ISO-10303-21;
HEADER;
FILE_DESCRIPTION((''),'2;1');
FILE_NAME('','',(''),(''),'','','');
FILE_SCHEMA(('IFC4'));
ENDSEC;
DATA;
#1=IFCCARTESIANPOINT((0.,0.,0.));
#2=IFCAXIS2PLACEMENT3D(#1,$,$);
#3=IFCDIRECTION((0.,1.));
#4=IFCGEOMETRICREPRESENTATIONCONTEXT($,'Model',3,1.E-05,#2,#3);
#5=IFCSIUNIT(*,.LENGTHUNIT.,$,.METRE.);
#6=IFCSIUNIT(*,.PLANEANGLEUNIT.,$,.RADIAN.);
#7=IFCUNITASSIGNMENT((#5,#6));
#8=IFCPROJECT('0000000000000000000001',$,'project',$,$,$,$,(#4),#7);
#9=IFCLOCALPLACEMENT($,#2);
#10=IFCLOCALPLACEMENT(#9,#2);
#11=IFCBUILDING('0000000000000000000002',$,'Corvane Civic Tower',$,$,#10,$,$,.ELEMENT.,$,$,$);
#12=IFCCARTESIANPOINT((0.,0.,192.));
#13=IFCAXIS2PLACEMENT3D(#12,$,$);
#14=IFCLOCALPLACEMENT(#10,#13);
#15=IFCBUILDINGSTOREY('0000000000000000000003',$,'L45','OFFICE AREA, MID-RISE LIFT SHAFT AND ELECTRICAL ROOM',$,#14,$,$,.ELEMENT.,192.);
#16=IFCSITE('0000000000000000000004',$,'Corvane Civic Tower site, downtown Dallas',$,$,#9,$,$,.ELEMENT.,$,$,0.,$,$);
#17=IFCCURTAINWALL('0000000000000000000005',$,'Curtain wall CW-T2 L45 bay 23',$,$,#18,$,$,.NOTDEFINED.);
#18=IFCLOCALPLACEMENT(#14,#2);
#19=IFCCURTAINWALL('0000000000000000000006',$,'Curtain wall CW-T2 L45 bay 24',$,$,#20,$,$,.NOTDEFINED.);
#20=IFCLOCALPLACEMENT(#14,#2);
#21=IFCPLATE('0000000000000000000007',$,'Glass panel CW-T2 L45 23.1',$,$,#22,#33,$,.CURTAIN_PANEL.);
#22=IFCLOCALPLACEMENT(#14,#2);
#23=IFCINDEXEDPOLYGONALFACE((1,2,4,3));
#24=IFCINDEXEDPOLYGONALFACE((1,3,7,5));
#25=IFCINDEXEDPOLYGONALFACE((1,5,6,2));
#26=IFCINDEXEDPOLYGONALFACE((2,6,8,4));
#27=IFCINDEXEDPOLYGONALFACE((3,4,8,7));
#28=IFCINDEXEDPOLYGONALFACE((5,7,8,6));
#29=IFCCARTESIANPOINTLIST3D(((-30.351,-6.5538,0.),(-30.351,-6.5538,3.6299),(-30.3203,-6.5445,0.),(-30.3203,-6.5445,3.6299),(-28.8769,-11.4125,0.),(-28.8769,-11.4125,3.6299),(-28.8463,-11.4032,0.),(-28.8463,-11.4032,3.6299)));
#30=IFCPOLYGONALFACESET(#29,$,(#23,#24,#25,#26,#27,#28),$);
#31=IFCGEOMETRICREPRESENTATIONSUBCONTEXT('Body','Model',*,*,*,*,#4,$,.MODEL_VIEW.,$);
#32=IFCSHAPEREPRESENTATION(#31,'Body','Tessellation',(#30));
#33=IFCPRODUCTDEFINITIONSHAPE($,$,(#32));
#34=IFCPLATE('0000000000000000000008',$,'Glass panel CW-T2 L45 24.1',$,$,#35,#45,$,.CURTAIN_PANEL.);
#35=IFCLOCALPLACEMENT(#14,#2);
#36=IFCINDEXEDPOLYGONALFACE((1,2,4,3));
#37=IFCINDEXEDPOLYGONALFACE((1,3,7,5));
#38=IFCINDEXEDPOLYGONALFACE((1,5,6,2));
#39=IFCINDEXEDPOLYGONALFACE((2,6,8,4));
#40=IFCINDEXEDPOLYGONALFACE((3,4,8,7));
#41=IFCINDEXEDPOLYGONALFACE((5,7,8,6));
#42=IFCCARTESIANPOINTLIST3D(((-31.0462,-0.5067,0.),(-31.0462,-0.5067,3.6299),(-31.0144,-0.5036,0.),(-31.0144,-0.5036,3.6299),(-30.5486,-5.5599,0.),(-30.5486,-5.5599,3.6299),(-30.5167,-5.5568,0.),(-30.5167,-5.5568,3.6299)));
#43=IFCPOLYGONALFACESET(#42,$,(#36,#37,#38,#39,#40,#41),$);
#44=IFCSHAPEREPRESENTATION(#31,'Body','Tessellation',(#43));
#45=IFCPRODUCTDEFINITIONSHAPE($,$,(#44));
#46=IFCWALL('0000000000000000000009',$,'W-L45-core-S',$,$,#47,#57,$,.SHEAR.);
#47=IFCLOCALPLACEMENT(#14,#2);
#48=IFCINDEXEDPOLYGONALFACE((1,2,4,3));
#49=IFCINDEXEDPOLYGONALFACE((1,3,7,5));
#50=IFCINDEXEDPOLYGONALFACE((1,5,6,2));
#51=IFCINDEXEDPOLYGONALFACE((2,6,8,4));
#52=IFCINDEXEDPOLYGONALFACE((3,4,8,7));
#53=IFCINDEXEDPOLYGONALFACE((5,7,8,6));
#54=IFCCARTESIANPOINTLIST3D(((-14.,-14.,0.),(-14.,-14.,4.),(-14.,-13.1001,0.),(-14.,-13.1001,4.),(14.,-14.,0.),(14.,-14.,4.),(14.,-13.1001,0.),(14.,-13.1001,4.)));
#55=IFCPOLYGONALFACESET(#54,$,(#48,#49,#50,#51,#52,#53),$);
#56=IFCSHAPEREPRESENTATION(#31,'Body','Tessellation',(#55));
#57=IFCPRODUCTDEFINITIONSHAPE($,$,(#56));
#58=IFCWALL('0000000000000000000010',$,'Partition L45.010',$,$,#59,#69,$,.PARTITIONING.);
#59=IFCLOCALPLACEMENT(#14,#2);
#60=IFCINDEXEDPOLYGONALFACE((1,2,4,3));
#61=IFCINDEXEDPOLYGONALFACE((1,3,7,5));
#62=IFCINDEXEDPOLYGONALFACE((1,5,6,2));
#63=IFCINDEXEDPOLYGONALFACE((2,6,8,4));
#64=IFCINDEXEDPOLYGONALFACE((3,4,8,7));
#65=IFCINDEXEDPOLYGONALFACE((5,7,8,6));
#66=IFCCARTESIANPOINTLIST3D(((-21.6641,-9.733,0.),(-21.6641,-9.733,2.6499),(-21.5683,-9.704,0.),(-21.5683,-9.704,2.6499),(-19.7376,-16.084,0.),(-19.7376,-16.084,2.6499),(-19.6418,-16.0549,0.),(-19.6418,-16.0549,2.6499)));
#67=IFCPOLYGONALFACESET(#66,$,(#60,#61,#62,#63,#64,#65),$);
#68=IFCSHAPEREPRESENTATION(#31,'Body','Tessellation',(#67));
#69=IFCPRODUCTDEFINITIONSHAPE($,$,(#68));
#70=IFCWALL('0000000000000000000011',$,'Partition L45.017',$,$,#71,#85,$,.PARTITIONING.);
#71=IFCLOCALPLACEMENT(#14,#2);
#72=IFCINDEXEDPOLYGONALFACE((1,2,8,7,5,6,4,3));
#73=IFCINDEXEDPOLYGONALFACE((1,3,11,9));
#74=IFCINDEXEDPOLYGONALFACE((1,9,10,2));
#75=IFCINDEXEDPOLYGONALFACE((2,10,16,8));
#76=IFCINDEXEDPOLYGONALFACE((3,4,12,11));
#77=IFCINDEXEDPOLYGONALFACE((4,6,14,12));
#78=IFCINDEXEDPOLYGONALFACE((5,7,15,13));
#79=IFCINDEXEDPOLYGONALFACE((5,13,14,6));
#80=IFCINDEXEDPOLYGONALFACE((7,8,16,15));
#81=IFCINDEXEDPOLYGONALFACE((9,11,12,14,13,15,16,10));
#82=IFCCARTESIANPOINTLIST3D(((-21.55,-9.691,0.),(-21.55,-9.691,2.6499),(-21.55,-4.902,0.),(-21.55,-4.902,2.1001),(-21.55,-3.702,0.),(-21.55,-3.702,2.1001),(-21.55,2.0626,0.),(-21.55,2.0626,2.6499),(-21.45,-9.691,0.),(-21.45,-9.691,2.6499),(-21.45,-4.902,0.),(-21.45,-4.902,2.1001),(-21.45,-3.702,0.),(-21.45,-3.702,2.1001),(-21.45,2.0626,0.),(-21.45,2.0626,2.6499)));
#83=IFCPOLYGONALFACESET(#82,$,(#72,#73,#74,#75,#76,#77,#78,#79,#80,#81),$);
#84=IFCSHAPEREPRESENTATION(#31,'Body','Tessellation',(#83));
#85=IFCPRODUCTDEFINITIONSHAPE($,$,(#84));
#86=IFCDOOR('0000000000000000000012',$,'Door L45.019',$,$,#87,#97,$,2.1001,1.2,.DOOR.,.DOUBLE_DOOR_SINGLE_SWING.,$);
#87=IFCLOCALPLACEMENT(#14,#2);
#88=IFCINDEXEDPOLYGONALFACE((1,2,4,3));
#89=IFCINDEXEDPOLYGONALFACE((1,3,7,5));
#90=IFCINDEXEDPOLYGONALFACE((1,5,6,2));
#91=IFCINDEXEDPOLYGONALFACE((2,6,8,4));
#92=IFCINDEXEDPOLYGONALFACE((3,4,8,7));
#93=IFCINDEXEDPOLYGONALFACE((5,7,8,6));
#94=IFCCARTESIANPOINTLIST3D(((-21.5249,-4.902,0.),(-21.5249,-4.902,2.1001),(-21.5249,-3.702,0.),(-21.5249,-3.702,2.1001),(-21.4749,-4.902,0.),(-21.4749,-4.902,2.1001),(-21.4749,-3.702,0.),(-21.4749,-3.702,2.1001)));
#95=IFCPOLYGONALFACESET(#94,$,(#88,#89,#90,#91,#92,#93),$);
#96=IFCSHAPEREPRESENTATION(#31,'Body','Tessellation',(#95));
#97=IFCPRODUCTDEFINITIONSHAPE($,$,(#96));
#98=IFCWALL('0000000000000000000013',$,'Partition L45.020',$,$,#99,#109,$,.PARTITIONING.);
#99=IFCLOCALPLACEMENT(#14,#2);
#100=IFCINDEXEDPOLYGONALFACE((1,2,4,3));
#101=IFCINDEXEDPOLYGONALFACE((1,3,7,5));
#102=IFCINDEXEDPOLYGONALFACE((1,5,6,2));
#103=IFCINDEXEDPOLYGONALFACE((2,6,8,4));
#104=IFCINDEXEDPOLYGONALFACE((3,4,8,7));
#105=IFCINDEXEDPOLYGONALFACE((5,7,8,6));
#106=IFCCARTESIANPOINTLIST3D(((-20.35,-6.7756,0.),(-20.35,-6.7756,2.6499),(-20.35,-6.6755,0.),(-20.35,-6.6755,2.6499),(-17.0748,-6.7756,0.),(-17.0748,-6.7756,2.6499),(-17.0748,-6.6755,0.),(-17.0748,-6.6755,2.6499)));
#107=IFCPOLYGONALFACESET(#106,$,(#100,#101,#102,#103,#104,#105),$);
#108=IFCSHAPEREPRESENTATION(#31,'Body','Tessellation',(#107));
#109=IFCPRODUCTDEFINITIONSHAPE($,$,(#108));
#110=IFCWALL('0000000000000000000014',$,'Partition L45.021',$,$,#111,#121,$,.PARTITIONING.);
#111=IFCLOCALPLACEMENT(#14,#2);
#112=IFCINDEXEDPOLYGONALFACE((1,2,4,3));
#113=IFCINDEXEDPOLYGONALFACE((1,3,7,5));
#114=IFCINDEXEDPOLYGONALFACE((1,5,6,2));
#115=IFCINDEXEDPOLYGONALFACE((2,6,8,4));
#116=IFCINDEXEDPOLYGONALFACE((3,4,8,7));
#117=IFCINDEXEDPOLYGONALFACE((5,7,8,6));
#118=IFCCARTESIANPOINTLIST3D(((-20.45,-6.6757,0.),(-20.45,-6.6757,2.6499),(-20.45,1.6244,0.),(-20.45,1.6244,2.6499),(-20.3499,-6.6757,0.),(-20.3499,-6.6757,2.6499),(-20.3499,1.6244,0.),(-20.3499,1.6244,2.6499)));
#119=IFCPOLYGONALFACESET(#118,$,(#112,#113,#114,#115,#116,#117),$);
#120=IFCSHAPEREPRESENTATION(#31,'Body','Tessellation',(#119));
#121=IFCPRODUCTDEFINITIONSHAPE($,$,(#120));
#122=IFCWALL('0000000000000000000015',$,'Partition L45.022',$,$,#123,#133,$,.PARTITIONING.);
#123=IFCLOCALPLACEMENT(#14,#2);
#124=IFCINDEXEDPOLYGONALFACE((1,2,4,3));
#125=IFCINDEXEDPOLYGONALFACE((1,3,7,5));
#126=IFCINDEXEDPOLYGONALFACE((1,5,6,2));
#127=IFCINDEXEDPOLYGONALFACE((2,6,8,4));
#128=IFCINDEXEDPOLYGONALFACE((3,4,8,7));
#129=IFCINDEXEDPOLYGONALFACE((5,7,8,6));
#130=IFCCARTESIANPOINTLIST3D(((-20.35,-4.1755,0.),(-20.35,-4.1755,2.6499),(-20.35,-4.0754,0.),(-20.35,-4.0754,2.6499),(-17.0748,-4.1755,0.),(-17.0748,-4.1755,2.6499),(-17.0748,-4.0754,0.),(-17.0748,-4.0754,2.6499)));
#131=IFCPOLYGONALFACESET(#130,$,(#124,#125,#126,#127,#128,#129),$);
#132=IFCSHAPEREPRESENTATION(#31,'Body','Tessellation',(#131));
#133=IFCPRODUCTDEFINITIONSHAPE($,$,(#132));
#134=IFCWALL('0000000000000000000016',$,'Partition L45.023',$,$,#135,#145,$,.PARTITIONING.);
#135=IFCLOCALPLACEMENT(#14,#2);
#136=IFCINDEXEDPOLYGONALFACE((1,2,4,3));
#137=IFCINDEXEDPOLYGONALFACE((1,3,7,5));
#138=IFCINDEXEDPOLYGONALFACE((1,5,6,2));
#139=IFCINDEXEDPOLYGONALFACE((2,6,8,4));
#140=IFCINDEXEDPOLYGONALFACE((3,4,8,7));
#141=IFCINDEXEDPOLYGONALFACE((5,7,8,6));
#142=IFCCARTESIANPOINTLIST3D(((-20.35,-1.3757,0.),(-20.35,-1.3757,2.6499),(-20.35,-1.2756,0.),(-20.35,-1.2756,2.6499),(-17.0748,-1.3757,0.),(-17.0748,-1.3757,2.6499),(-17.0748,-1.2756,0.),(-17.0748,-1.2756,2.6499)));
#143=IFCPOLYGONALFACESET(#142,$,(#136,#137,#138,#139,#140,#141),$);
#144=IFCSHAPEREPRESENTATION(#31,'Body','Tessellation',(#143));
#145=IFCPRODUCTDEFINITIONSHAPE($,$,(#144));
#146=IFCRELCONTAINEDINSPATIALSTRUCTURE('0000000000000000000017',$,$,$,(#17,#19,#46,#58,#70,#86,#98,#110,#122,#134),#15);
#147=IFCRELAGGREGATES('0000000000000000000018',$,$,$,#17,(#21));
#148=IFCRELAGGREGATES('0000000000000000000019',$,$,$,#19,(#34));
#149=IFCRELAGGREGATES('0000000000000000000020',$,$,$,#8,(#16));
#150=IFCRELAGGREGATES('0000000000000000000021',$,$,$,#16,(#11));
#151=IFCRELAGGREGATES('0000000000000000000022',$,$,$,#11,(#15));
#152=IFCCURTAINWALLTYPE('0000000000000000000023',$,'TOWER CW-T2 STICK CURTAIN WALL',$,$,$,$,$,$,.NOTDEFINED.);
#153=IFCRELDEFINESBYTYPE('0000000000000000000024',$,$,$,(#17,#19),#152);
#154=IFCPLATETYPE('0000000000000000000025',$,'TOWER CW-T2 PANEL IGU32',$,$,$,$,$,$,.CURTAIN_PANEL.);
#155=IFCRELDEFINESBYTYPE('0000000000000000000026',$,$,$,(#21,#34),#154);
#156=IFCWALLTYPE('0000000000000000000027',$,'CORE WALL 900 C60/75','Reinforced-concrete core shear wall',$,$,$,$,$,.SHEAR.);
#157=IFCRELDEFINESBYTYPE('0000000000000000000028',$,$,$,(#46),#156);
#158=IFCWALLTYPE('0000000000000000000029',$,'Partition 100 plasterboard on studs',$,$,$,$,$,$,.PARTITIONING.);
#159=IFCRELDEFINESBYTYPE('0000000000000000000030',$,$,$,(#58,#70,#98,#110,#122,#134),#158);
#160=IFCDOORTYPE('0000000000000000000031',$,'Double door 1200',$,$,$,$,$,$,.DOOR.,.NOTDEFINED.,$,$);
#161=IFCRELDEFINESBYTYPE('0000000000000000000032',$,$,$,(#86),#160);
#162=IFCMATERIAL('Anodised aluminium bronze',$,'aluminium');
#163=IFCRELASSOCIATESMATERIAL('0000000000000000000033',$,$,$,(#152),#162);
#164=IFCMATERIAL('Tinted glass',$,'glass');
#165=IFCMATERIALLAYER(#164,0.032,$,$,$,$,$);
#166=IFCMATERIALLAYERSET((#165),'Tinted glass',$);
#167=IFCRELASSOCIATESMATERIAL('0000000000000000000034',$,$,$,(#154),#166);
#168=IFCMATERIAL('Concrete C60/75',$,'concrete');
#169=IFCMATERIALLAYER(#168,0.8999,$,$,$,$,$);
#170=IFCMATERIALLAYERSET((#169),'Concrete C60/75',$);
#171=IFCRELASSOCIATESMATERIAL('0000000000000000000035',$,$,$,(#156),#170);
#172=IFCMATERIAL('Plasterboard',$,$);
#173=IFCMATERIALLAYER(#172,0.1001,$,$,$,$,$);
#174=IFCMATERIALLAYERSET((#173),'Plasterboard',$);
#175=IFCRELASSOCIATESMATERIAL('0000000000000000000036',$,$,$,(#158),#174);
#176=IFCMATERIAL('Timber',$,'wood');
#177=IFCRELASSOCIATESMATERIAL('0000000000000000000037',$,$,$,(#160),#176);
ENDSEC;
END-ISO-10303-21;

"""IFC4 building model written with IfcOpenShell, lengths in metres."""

from ifc_helpers import new_model, si_unit, direction, frame, frame_2d, origin, origin_2d, place, context, subcontext, project, spatial, rectangle, extrude, material, layer, layer_set, type_object, element, fill, aggregate, save


model = new_model("IFC4")

# Units and contexts
model_context = context("Model", 3, precision=1e-05, world=origin(), true_north=direction((0.0, 1.0)))
body_context = subcontext(model_context, "Body", "Model", "MODEL_VIEW")
ifc_project = project(units=[si_unit("LENGTHUNIT", "METRE"), si_unit("PLANEANGLEUNIT", "RADIAN")], contexts=[model_context])

# Site, building, storey
site_placement = place(None, origin())
site = spatial("IfcSite", under=ifc_project, at=site_placement, Name="Corvane Civic Tower site, downtown Dallas", CompositionType="ELEMENT", RefElevation=0.0)
building_placement = place(site_placement, origin())
building = spatial("IfcBuilding", under=site, at=building_placement, Name="Corvane Civic Tower", CompositionType="ELEMENT")
storey_placement = place(building_placement, frame((0.0, 0.0, 192.0)))
storey = spatial("IfcBuildingStorey", under=building, at=storey_placement, Name="L45", Description="OFFICE AREA, MID-RISE LIFT SHAFT AND ELECTRICAL ROOM", CompositionType="ELEMENT", Elevation=192.0)

# Curtain walls
ifc_material_1 = material(Name="Anodised aluminium bronze", Category="aluminium")
curtain_wall_type = type_object("IfcCurtainWallType", Name="TOWER CW-T2 STICK CURTAIN WALL", PredefinedType="NOTDEFINED", material=ifc_material_1)
curtain_wall_1_placement = place(storey_placement, origin())
curtain_wall_1 = element("IfcCurtainWall", 1, at=curtain_wall_1_placement, inside=storey, type_object=curtain_wall_type, Name="Curtain wall CW-T2 L45 bay 23", PredefinedType="NOTDEFINED")
curtain_wall_2_placement = place(storey_placement, origin())
curtain_wall_2 = element("IfcCurtainWall", 2, at=curtain_wall_2_placement, inside=storey, type_object=curtain_wall_type, Name="Curtain wall CW-T2 L45 bay 24", PredefinedType="NOTDEFINED")

# Plates
ifc_material_2 = material(Name="Tinted glass", Category="glass")
ifc_layer_1 = layer(ifc_material_2, 0.032)
ifc_layer_set_1 = layer_set([ifc_layer_1], Name="Tinted glass")
plate_type = type_object("IfcPlateType", Name="TOWER CW-T2 PANEL IGU32", PredefinedType="CURTAIN_PANEL", material=ifc_layer_set_1)
plate_1_placement = place(storey_placement, frame((-29.5986, -8.9785, 0.0), z_axis=(0.0, 0.0, 1.0), x_axis=(-0.290313, 0.956932, 0.0)))
plate_1 = element("IfcPlate", 3, at=plate_1_placement, type_object=plate_type, Name="Glass panel CW-T2 L45 23.1", PredefinedType="CURTAIN_PANEL", context=body_context, shape_type="SweptSolid", body=[
    extrude(rectangle(XDim=5.0774, YDim=0.032, at=origin_2d()), origin(), (0.0, 0.0, 1.0), 3.6299),
])
aggregate(curtain_wall_1, [plate_1])
plate_2_placement = place(storey_placement, frame((-30.7815, -3.0317, 0.0), z_axis=(0.0, 0.0, 1.0), x_axis=(-0.098012, 0.995185, 0.0)))
plate_2 = element("IfcPlate", 4, at=plate_2_placement, type_object=plate_type, Name="Glass panel CW-T2 L45 24.1", PredefinedType="CURTAIN_PANEL", context=body_context, shape_type="SweptSolid", body=[
    extrude(rectangle(XDim=5.0776, YDim=0.032, at=origin_2d()), origin(), (0.0, 0.0, 1.0), 3.6299),
])
aggregate(curtain_wall_2, [plate_2])

# Walls
ifc_material_3 = material(Name="Concrete C60/75", Category="concrete")
ifc_layer_2 = layer(ifc_material_3, 0.8999)
ifc_layer_set_2 = layer_set([ifc_layer_2], Name="Concrete C60/75")
wall_type_1 = type_object("IfcWallType", Name="CORE WALL 900 C60/75", Description="Reinforced-concrete core shear wall", PredefinedType="SHEAR", material=ifc_layer_set_2)
wall_1_placement = place(storey_placement, frame((-14.0, -13.55, 0.0), z_axis=(0.0, 0.0, 1.0), x_axis=(1.0, 0.0, 0.0)))
element("IfcWall", 5, at=wall_1_placement, inside=storey, type_object=wall_type_1, Name="W-L45-core-S", PredefinedType="SHEAR", context=body_context, shape_type="SweptSolid", body=[
    extrude(rectangle(XDim=28.0, YDim=0.8999, at=frame_2d((14.0, 0.0))), origin(), (0.0, 0.0, 1.0), 4.0),
])
ifc_material_4 = material(Name="Plasterboard")
ifc_layer_3 = layer(ifc_material_4, 0.1001)
ifc_layer_set_3 = layer_set([ifc_layer_3], Name="Plasterboard")
wall_type_2 = type_object("IfcWallType", Name="Partition 100 plasterboard on studs", PredefinedType="PARTITIONING", material=ifc_layer_set_3)
wall_2_placement = place(storey_placement, frame((-21.6162, -9.7185, 0.0), z_axis=(0.0, 0.0, 1.0), x_axis=(0.290276, -0.956943, 0.0)))
element("IfcWall", 6, at=wall_2_placement, inside=storey, type_object=wall_type_2, Name="Partition L45.010", PredefinedType="PARTITIONING", context=body_context, shape_type="SweptSolid", body=[
    extrude(rectangle(XDim=6.6367, YDim=0.1001, at=frame_2d((3.3184, 0.0))), origin(), (0.0, 0.0, 1.0), 2.6499),
])

# Wall, opening, door
wall_3_placement = place(storey_placement, frame((-21.5, -9.6912, 0.0), z_axis=(0.0, 0.0, 1.0), x_axis=(0.0, 1.0, 0.0)))
wall_3 = element("IfcWall", 7, at=wall_3_placement, inside=storey, type_object=wall_type_2, Name="Partition L45.017", PredefinedType="PARTITIONING", context=body_context, shape_type="SweptSolid", body=[
    extrude(rectangle(XDim=11.7537, YDim=0.1001, at=frame_2d((5.877, 0.0))), origin(), (0.0, 0.0, 1.0), 2.6499),
])
opening_placement = place(wall_3_placement, frame((4.7891, 0.0, 0.0)))
opening = element("IfcOpeningElement", 8, at=opening_placement, cuts=wall_3, PredefinedType="OPENING", context=body_context, shape_type="SweptSolid", body=[
    extrude(rectangle(XDim=1.2, YDim=2.1001, at=frame_2d((0.6001, 1.05))), frame((0.0, 0.0601, 0.0), z_axis=(0.0, -1.0, 0.0), x_axis=(1.0, 0.0, 0.0)), (0.0, 0.0, 1.0), 0.1201),
])
ifc_material_5 = material(Name="Timber", Category="wood")
door_type = type_object("IfcDoorType", Name="Double door 1200", OperationType="NOTDEFINED", PredefinedType="DOOR", material=ifc_material_5)
door_placement = place(opening_placement, origin())
door = element("IfcDoor", 9, at=door_placement, inside=storey, type_object=door_type, Name="Door L45.019", OperationType="DOUBLE_DOOR_SINGLE_SWING", OverallHeight=2.1001, OverallWidth=1.2, PredefinedType="DOOR", context=body_context, shape_type="SweptSolid", body=[
    extrude(rectangle(XDim=1.2, YDim=2.1001, at=frame_2d((0.6001, 1.05))), frame((0.0, 0.0249, 0.0), z_axis=(0.0, -1.0, 0.0), x_axis=(1.0, 0.0, 0.0)), (0.0, 0.0, 1.0), 0.05),
])
fill(opening, door)

# Walls
wall_4_placement = place(storey_placement, frame((-20.3501, -6.7256, 0.0), z_axis=(0.0, 0.0, 1.0), x_axis=(1.0, 0.0, 0.0)))
element("IfcWall", 10, at=wall_4_placement, inside=storey, type_object=wall_type_2, Name="Partition L45.020", PredefinedType="PARTITIONING", context=body_context, shape_type="SweptSolid", body=[
    extrude(rectangle(XDim=3.2751, YDim=0.1001, at=frame_2d((1.6377, 0.0))), origin(), (0.0, 0.0, 1.0), 2.6499),
])
wall_5_placement = place(storey_placement, frame((-20.3999, -6.6755, 0.0), z_axis=(0.0, 0.0, 1.0), x_axis=(0.0, 1.0, 0.0)))
element("IfcWall", 11, at=wall_5_placement, inside=storey, type_object=wall_type_2, Name="Partition L45.021", PredefinedType="PARTITIONING", context=body_context, shape_type="SweptSolid", body=[
    extrude(rectangle(XDim=8.3, YDim=0.1001, at=frame_2d((4.1499, 0.0))), origin(), (0.0, 0.0, 1.0), 2.6499),
])
for number, where, z_axis, x_axis, name in (
    (12, (-20.3501, -4.1255, 0.0), (0.0, 0.0, 1.0), (1.0, 0.0, 0.0), "Partition L45.022"),
    (13, (-20.3501, -1.3257, 0.0), (0.0, 0.0, 1.0), (1.0, 0.0, 0.0), "Partition L45.023"),
):
    element("IfcWall", number, at=place(storey_placement, frame(where, z_axis=z_axis, x_axis=x_axis)), inside=storey, type_object=wall_type_2, Name=name, PredefinedType="PARTITIONING", context=body_context, shape_type="SweptSolid", body=[
        extrude(rectangle(XDim=3.2751, YDim=0.1001, at=frame_2d((1.6377, 0.0))), origin(), (0.0, 0.0, 1.0), 2.6499),
    ])

save(model, "model.ifc")
